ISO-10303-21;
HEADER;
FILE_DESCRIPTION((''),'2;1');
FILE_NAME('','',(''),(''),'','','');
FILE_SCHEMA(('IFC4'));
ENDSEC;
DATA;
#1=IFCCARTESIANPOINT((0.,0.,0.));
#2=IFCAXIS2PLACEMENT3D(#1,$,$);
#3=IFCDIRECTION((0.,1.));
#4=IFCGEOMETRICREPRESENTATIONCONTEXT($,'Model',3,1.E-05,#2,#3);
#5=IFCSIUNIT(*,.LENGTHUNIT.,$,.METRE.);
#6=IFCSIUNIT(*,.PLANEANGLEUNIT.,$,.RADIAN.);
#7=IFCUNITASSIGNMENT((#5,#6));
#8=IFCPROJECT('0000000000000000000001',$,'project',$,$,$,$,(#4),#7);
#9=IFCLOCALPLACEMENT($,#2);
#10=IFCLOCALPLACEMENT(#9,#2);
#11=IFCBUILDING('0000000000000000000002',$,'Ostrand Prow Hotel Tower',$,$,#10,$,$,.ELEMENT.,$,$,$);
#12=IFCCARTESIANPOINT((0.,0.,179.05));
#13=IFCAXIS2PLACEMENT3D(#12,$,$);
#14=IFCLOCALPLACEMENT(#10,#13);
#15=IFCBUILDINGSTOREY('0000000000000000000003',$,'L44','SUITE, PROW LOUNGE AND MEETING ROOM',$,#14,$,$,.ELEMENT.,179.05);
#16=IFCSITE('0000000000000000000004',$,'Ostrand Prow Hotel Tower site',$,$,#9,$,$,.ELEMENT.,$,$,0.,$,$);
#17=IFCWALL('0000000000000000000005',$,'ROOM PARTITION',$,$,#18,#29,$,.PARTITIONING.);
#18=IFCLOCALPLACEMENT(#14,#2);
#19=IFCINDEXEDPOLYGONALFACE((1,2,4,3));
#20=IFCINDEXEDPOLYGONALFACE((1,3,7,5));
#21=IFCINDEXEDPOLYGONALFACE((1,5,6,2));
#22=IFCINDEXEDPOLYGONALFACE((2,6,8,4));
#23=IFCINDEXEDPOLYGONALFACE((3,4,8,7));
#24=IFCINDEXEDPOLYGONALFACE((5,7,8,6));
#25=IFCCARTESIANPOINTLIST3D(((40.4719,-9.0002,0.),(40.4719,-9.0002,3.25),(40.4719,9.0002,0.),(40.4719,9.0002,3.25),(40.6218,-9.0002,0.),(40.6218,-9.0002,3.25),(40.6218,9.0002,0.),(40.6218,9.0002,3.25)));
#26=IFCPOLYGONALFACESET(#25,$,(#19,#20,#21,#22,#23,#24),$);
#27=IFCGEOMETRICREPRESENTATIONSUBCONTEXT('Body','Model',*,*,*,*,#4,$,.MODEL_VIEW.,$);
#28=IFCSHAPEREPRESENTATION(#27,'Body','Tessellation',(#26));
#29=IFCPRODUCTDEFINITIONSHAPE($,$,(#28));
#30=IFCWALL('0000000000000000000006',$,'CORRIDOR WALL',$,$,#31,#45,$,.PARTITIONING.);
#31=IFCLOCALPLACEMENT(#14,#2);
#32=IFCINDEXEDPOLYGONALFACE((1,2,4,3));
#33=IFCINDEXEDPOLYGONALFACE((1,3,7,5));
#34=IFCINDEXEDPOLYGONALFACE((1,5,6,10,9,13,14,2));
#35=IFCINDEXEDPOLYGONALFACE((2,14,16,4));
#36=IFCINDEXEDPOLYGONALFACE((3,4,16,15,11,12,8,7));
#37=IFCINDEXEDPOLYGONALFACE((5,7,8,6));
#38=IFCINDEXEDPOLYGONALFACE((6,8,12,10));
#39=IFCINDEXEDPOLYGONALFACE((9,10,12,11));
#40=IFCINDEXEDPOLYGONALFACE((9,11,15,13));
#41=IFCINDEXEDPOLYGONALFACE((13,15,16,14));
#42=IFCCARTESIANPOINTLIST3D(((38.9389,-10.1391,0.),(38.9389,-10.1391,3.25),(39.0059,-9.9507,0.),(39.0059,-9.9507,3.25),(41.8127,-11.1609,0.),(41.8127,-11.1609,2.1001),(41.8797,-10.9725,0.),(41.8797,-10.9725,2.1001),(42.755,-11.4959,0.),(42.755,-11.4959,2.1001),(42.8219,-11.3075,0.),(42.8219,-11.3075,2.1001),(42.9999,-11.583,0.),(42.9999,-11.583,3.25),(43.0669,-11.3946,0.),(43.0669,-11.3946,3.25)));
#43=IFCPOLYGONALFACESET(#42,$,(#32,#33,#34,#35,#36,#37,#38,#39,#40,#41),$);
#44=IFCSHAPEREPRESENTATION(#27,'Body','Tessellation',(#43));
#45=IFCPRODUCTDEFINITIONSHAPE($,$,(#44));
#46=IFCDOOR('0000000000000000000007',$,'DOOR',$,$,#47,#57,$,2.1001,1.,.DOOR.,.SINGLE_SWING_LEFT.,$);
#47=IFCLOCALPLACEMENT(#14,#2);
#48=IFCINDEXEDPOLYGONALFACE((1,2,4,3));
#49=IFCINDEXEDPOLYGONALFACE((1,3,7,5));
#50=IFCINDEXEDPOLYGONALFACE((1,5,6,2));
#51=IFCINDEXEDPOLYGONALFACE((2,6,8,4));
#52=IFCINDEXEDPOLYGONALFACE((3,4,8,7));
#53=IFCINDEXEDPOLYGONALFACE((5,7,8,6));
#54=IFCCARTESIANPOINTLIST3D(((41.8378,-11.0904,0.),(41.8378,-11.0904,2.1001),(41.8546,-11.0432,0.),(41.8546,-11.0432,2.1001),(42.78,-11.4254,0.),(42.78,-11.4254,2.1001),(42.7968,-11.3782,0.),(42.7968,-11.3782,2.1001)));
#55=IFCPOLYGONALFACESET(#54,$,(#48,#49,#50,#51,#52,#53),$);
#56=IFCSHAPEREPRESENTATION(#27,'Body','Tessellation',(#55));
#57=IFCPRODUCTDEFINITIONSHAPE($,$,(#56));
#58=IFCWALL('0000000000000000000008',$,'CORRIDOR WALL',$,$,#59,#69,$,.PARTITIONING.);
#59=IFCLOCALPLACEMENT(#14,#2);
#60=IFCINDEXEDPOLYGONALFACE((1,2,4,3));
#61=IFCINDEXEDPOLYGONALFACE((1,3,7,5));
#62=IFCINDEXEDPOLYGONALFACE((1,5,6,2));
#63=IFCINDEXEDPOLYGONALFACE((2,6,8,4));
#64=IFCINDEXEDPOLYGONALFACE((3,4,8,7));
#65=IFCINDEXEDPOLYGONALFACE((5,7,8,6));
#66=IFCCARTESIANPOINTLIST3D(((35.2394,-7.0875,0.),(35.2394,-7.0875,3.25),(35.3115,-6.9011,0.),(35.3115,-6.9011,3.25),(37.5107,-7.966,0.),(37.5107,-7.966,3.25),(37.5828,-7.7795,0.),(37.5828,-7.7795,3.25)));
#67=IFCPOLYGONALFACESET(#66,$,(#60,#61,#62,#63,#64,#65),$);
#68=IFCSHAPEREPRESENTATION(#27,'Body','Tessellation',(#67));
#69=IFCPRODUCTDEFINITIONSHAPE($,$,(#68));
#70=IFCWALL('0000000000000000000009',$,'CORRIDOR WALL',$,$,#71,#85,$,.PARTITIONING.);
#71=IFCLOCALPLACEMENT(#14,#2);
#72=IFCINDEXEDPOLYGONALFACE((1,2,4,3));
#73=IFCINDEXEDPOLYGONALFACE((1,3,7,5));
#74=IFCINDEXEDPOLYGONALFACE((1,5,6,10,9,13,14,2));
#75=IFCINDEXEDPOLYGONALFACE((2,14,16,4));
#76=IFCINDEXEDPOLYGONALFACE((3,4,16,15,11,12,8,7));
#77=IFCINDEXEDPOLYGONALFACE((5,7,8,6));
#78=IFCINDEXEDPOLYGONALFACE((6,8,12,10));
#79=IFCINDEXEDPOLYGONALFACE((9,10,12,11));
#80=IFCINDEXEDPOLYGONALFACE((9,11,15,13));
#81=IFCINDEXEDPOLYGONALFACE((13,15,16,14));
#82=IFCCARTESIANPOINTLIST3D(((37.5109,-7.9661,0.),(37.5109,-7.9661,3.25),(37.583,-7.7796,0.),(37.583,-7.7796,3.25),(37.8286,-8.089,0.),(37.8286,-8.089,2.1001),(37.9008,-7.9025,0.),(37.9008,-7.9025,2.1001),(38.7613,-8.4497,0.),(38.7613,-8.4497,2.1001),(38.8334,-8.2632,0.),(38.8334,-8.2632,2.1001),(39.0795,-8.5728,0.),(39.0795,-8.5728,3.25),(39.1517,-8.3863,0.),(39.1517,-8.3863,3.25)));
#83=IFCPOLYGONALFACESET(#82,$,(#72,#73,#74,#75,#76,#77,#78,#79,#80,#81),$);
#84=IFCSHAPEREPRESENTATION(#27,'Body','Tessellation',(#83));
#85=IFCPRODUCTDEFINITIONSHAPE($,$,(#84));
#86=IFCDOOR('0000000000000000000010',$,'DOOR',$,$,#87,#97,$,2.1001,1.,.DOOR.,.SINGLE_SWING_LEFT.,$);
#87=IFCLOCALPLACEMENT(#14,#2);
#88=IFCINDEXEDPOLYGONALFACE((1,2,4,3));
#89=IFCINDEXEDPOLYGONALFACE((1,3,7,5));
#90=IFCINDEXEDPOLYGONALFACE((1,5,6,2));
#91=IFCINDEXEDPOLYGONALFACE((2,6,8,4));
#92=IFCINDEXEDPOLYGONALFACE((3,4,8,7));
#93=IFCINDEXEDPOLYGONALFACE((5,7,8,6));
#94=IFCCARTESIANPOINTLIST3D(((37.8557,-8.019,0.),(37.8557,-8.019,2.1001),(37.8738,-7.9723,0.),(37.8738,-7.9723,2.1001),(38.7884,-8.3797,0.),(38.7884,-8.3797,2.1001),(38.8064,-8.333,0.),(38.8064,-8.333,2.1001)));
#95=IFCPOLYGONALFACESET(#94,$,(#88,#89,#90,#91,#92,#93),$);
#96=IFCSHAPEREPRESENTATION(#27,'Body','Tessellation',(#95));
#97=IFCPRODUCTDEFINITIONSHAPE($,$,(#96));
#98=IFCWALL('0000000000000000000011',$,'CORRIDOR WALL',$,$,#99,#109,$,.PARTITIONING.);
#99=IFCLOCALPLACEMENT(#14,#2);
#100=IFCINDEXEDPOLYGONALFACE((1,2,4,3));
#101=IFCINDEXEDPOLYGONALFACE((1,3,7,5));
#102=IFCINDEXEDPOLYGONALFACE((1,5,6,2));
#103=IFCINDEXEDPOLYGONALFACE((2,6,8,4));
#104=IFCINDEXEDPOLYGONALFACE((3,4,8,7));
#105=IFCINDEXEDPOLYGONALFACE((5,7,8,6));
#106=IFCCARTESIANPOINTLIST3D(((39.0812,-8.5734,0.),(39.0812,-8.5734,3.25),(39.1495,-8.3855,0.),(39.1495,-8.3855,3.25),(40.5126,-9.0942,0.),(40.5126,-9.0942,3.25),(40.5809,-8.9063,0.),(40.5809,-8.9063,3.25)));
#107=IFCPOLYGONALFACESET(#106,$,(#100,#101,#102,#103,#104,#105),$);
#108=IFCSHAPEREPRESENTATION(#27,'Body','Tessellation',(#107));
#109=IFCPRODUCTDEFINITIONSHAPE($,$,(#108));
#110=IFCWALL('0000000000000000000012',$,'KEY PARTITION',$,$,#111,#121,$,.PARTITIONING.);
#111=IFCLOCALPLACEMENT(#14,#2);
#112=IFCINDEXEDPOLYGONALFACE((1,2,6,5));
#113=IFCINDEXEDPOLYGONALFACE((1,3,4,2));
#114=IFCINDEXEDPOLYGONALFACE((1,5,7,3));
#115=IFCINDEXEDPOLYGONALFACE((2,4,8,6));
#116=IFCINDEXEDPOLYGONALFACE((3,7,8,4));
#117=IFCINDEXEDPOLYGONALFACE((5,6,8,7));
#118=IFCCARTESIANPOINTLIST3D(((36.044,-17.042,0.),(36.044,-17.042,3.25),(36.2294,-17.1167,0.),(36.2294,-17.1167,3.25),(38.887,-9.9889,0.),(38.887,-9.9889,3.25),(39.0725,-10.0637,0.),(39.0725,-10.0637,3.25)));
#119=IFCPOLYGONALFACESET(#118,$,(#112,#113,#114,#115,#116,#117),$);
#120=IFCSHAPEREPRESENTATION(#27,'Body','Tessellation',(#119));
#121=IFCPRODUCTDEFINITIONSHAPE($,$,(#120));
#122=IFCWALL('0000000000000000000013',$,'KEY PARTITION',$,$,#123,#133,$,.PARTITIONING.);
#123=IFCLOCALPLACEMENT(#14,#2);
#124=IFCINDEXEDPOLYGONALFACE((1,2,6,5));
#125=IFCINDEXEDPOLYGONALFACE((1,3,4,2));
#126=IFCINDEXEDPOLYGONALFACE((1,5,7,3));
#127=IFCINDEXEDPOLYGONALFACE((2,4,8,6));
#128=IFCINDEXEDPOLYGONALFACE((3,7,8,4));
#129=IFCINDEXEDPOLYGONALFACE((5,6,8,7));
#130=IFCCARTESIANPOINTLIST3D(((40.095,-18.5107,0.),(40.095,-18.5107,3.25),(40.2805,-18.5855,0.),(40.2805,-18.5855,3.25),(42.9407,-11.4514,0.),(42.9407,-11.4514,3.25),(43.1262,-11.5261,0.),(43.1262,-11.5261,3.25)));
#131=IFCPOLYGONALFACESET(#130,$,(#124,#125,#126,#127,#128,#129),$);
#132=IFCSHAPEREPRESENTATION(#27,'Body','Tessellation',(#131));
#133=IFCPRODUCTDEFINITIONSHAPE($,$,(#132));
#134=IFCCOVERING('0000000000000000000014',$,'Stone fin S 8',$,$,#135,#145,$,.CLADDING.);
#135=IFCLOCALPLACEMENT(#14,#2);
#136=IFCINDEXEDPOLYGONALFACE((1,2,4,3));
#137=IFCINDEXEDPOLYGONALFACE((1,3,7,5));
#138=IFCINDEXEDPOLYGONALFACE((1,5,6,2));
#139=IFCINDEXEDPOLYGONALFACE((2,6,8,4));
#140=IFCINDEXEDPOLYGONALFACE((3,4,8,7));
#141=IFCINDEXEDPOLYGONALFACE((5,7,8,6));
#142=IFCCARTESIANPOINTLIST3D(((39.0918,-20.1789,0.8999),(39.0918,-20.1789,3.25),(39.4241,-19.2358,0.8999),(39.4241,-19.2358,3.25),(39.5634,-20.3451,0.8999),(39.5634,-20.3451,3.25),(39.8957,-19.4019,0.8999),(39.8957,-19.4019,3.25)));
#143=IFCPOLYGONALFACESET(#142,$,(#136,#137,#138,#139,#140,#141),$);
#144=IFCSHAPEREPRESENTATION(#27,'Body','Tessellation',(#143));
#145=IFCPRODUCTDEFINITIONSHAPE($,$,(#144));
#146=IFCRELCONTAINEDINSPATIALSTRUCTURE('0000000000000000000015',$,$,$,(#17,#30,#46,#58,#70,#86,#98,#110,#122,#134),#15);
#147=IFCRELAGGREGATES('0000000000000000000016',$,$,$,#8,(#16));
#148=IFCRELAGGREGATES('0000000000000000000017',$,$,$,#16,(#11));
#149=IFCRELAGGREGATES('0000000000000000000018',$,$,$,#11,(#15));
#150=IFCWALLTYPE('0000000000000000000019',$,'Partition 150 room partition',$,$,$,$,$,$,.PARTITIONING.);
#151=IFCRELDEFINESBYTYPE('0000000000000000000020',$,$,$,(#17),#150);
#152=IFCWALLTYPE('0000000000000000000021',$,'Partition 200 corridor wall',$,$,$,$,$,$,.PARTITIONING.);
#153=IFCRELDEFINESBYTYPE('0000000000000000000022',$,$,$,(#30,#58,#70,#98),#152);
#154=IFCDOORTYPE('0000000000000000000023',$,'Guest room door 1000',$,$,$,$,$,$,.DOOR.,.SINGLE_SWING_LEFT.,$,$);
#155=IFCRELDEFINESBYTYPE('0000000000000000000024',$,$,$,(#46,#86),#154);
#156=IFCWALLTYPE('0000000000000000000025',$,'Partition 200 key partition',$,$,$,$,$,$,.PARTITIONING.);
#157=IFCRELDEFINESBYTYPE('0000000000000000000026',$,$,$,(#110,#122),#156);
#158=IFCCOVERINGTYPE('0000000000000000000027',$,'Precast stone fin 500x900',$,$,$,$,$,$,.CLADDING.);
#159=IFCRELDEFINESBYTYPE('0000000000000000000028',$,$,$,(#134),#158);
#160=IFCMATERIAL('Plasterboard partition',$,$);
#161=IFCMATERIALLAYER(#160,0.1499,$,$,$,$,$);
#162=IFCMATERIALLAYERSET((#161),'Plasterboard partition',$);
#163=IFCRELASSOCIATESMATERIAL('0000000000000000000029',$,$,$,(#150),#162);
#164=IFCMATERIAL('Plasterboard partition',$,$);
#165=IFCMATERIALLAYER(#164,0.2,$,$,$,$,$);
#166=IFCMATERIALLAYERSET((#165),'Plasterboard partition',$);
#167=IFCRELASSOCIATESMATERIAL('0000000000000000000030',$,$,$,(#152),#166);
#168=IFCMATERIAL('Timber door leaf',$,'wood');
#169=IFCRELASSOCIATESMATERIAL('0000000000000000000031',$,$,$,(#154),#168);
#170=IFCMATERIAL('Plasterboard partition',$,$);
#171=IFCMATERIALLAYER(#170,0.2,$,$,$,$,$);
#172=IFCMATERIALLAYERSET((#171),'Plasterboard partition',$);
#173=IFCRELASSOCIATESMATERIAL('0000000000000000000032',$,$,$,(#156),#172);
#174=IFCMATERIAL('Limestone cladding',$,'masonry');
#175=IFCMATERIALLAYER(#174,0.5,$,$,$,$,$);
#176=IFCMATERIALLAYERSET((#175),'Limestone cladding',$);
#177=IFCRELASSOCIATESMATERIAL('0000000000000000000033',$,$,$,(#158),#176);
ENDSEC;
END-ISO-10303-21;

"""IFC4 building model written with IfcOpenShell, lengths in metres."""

from ifc_helpers import new_model, si_unit, direction, frame, frame_2d, origin, place, context, subcontext, project, spatial, rectangle, extrude, material, layer, layer_set, type_object, element, fill, save


model = new_model("IFC4")

# Units and contexts
model_context = context("Model", 3, precision=1e-05, world=origin(), true_north=direction((0.0, 1.0)))
body_context = subcontext(model_context, "Body", "Model", "MODEL_VIEW")
ifc_project = project(units=[si_unit("LENGTHUNIT", "METRE"), si_unit("PLANEANGLEUNIT", "RADIAN")], contexts=[model_context])

# Site, building, storey
site_placement = place(None, origin())
site = spatial("IfcSite", under=ifc_project, at=site_placement, Name="Ostrand Prow Hotel Tower site", CompositionType="ELEMENT", RefElevation=0.0)
building_placement = place(site_placement, origin())
building = spatial("IfcBuilding", under=site, at=building_placement, Name="Ostrand Prow Hotel Tower", CompositionType="ELEMENT")
storey_placement = place(building_placement, frame((0.0, 0.0, 179.05)))
storey = spatial("IfcBuildingStorey", under=building, at=storey_placement, Name="L44", Description="SUITE, PROW LOUNGE AND MEETING ROOM", CompositionType="ELEMENT", Elevation=179.05)

# Wall
ifc_material_1 = material(Name="Plasterboard partition")
ifc_layer_1 = layer(ifc_material_1, 0.1499)
ifc_layer_set_1 = layer_set([ifc_layer_1], Name="Plasterboard partition")
wall_type_1 = type_object("IfcWallType", Name="Partition 150 room partition", PredefinedType="PARTITIONING", material=ifc_layer_set_1)
wall_1_placement = place(storey_placement, frame((40.5469, -9.0002, 0.0), z_axis=(0.0, 0.0, 1.0), x_axis=(0.0, 1.0, 0.0)))
element("IfcWall", 1, at=wall_1_placement, inside=storey, type_object=wall_type_1, Name="ROOM PARTITION", PredefinedType="PARTITIONING", context=body_context, shape_type="SweptSolid", body=[
    extrude(rectangle(XDim=18.0005, YDim=0.1499, at=frame_2d((9.0002, 0.0))), origin(), (0.0, 0.0, 1.0), 3.25),
])

# Wall, opening, door
ifc_material_2 = material(Name="Plasterboard partition")
ifc_layer_2 = layer(ifc_material_2, 0.2)
ifc_layer_set_2 = layer_set([ifc_layer_2], Name="Plasterboard partition")
wall_type_2 = type_object("IfcWallType", Name="Partition 200 corridor wall", PredefinedType="PARTITIONING", material=ifc_layer_set_2)
wall_2_placement = place(storey_placement, frame((38.9724, -10.0449, 0.0), z_axis=(0.0, 0.0, 1.0), x_axis=(0.94222, -0.334994, 0.0)))
wall_2 = element("IfcWall", 2, at=wall_2_placement, inside=storey, type_object=wall_type_2, Name="CORRIDOR WALL", PredefinedType="PARTITIONING", context=body_context, shape_type="SweptSolid", body=[
    extrude(rectangle(XDim=4.3101, YDim=0.2, at=frame_2d((2.155, 0.0))), origin(), (0.0, 0.0, 1.0), 3.25),
])
opening_1_placement = place(wall_2_placement, frame((3.05, 0.0, 0.0)))
opening_1 = element("IfcOpeningElement", 3, at=opening_1_placement, cuts=wall_2, PredefinedType="OPENING", context=body_context, shape_type="SweptSolid", body=[
    extrude(rectangle(XDim=1.0, YDim=2.1001, at=frame_2d((0.5, 1.05))), frame((0.0, 0.1099, 0.0), z_axis=(0.0, -1.0, 0.0), x_axis=(1.0, 0.0, 0.0)), (0.0, 0.0, 1.0), 0.22),
])
ifc_material_3 = material(Name="Timber door leaf", Category="wood")
door_type_1 = type_object("IfcDoorType", Name="Guest room door 1000", OperationType="SINGLE_SWING_LEFT", PredefinedType="DOOR", material=ifc_material_3)
door_1_placement = place(opening_1_placement, origin())
door_1 = element("IfcDoor", 4, at=door_1_placement, inside=storey, type_object=door_type_1, Name="DOOR", OperationType="SINGLE_SWING_LEFT", OverallHeight=2.1001, OverallWidth=1.0, PredefinedType="DOOR", context=body_context, shape_type="SweptSolid", body=[
    extrude(rectangle(XDim=1.0, YDim=2.1001, at=frame_2d((0.5, 1.05))), frame((0.0, 0.0249, 0.0), z_axis=(0.0, -1.0, 0.0), x_axis=(1.0, 0.0, 0.0)), (0.0, 0.0, 1.0), 0.05),
])
fill(opening_1, door_1)

# Wall
wall_3_placement = place(storey_placement, frame((37.5469, -7.8728, 0.0), z_axis=(0.0, 0.0, 1.0), x_axis=(-0.932675, 0.360718, 0.0)))
element("IfcWall", 5, at=wall_3_placement, inside=storey, type_object=wall_type_2, Name="CORRIDOR WALL", PredefinedType="PARTITIONING", context=body_context, shape_type="SweptSolid", body=[
    extrude(rectangle(XDim=2.4353, YDim=0.2, at=frame_2d((1.2178, 0.0))), origin(), (0.0, 0.0, 1.0), 3.25),
])

# Wall, opening, door
wall_4_placement = place(storey_placement, frame((39.1155, -8.4795, 0.0), z_axis=(0.0, 0.0, 1.0), x_axis=(-0.932671, 0.360729, 0.0)))
wall_4 = element("IfcWall", 6, at=wall_4_placement, inside=storey, type_object=wall_type_2, Name="CORRIDOR WALL", PredefinedType="PARTITIONING", context=body_context, shape_type="SweptSolid", body=[
    extrude(rectangle(XDim=1.6819, YDim=0.2, at=frame_2d((0.8408, 0.0))), origin(), (0.0, 0.0, 1.0), 3.25),
])
opening_2_placement = place(wall_4_placement, frame((0.3411, 0.0, 0.0)))
opening_2 = element("IfcOpeningElement", 7, at=opening_2_placement, cuts=wall_4, PredefinedType="OPENING", context=body_context, shape_type="SweptSolid", body=[
    extrude(rectangle(XDim=1.0, YDim=2.1001, at=frame_2d((0.5, 1.05))), frame((0.0, 0.1099, 0.0), z_axis=(0.0, -1.0, 0.0), x_axis=(1.0, 0.0, 0.0)), (0.0, 0.0, 1.0), 0.22),
])
door_2_placement = place(opening_2_placement, origin())
door_2 = element("IfcDoor", 8, at=door_2_placement, inside=storey, type_object=door_type_1, Name="DOOR", OperationType="SINGLE_SWING_LEFT", OverallHeight=2.1001, OverallWidth=1.0, PredefinedType="DOOR", context=body_context, shape_type="SweptSolid", body=[
    extrude(rectangle(XDim=1.0, YDim=2.1001, at=frame_2d((0.5, 1.05))), frame((0.0, 0.0249, 0.0), z_axis=(0.0, -1.0, 0.0), x_axis=(1.0, 0.0, 0.0)), (0.0, 0.0, 1.0), 0.05),
])
fill(opening_2, door_2)

# Walls
wall_5_placement = place(storey_placement, frame((40.5469, -9.0002, 0.0), z_axis=(0.0, 0.0, 1.0), x_axis=(-0.939742, 0.341885, 0.0)))
element("IfcWall", 9, at=wall_5_placement, inside=storey, type_object=wall_type_2, Name="CORRIDOR WALL", PredefinedType="PARTITIONING", context=body_context, shape_type="SweptSolid", body=[
    extrude(rectangle(XDim=1.5232, YDim=0.2, at=frame_2d((0.7617, 0.0))), origin(), (0.0, 0.0, 1.0), 3.25),
])
ifc_material_4 = material(Name="Plasterboard partition")
ifc_layer_3 = layer(ifc_material_4, 0.2)
ifc_layer_set_3 = layer_set([ifc_layer_3], Name="Plasterboard partition")
wall_type_3 = type_object("IfcWallType", Name="Partition 200 key partition", PredefinedType="PARTITIONING", material=ifc_layer_set_3)
wall_6_placement = place(storey_placement, frame((36.1367, -17.0793, 0.0), z_axis=(0.0, 0.0, 1.0), x_axis=(0.373864, 0.927484, 0.0)))
element("IfcWall", 10, at=wall_6_placement, inside=storey, type_object=wall_type_3, Name="KEY PARTITION", PredefinedType="PARTITIONING", context=body_context, shape_type="SweptSolid", body=[
    extrude(rectangle(XDim=7.6045, YDim=0.2, at=frame_2d((3.8022, 0.0))), origin(), (0.0, 0.0, 1.0), 3.25),
])
wall_7_placement = place(storey_placement, frame((40.1877, -18.5481, 0.0), z_axis=(0.0, 0.0, 1.0), x_axis=(0.373878, 0.927478, 0.0)))
element("IfcWall", 11, at=wall_7_placement, inside=storey, type_object=wall_type_3, Name="KEY PARTITION", PredefinedType="PARTITIONING", context=body_context, shape_type="SweptSolid", body=[
    extrude(rectangle(XDim=7.6113, YDim=0.2, at=frame_2d((3.8057, 0.0))), origin(), (0.0, 0.0, 1.0), 3.25),
])

# Covering
ifc_material_5 = material(Name="Limestone cladding", Category="masonry")
ifc_layer_4 = layer(ifc_material_5, 0.5)
ifc_layer_set_4 = layer_set([ifc_layer_4], Name="Limestone cladding")
covering_type = type_object("IfcCoveringType", Name="Precast stone fin 500x900", PredefinedType="CLADDING", material=ifc_layer_set_4)
covering_placement = place(storey_placement, frame((39.6599, -19.3188, 0.8999), z_axis=(0.0, 0.0, 1.0), x_axis=(-0.332296, -0.943175, 0.0)))
element("IfcCovering", 12, at=covering_placement, inside=storey, type_object=covering_type, Name="Stone fin S 8", PredefinedType="CLADDING", context=body_context, shape_type="SweptSolid", body=[
    extrude(rectangle(XDim=1.0, YDim=0.5, at=frame_2d((0.5, 0.0))), origin(), (0.0, 0.0, 1.0), 2.3501),
])

save(model, "model.ifc")
